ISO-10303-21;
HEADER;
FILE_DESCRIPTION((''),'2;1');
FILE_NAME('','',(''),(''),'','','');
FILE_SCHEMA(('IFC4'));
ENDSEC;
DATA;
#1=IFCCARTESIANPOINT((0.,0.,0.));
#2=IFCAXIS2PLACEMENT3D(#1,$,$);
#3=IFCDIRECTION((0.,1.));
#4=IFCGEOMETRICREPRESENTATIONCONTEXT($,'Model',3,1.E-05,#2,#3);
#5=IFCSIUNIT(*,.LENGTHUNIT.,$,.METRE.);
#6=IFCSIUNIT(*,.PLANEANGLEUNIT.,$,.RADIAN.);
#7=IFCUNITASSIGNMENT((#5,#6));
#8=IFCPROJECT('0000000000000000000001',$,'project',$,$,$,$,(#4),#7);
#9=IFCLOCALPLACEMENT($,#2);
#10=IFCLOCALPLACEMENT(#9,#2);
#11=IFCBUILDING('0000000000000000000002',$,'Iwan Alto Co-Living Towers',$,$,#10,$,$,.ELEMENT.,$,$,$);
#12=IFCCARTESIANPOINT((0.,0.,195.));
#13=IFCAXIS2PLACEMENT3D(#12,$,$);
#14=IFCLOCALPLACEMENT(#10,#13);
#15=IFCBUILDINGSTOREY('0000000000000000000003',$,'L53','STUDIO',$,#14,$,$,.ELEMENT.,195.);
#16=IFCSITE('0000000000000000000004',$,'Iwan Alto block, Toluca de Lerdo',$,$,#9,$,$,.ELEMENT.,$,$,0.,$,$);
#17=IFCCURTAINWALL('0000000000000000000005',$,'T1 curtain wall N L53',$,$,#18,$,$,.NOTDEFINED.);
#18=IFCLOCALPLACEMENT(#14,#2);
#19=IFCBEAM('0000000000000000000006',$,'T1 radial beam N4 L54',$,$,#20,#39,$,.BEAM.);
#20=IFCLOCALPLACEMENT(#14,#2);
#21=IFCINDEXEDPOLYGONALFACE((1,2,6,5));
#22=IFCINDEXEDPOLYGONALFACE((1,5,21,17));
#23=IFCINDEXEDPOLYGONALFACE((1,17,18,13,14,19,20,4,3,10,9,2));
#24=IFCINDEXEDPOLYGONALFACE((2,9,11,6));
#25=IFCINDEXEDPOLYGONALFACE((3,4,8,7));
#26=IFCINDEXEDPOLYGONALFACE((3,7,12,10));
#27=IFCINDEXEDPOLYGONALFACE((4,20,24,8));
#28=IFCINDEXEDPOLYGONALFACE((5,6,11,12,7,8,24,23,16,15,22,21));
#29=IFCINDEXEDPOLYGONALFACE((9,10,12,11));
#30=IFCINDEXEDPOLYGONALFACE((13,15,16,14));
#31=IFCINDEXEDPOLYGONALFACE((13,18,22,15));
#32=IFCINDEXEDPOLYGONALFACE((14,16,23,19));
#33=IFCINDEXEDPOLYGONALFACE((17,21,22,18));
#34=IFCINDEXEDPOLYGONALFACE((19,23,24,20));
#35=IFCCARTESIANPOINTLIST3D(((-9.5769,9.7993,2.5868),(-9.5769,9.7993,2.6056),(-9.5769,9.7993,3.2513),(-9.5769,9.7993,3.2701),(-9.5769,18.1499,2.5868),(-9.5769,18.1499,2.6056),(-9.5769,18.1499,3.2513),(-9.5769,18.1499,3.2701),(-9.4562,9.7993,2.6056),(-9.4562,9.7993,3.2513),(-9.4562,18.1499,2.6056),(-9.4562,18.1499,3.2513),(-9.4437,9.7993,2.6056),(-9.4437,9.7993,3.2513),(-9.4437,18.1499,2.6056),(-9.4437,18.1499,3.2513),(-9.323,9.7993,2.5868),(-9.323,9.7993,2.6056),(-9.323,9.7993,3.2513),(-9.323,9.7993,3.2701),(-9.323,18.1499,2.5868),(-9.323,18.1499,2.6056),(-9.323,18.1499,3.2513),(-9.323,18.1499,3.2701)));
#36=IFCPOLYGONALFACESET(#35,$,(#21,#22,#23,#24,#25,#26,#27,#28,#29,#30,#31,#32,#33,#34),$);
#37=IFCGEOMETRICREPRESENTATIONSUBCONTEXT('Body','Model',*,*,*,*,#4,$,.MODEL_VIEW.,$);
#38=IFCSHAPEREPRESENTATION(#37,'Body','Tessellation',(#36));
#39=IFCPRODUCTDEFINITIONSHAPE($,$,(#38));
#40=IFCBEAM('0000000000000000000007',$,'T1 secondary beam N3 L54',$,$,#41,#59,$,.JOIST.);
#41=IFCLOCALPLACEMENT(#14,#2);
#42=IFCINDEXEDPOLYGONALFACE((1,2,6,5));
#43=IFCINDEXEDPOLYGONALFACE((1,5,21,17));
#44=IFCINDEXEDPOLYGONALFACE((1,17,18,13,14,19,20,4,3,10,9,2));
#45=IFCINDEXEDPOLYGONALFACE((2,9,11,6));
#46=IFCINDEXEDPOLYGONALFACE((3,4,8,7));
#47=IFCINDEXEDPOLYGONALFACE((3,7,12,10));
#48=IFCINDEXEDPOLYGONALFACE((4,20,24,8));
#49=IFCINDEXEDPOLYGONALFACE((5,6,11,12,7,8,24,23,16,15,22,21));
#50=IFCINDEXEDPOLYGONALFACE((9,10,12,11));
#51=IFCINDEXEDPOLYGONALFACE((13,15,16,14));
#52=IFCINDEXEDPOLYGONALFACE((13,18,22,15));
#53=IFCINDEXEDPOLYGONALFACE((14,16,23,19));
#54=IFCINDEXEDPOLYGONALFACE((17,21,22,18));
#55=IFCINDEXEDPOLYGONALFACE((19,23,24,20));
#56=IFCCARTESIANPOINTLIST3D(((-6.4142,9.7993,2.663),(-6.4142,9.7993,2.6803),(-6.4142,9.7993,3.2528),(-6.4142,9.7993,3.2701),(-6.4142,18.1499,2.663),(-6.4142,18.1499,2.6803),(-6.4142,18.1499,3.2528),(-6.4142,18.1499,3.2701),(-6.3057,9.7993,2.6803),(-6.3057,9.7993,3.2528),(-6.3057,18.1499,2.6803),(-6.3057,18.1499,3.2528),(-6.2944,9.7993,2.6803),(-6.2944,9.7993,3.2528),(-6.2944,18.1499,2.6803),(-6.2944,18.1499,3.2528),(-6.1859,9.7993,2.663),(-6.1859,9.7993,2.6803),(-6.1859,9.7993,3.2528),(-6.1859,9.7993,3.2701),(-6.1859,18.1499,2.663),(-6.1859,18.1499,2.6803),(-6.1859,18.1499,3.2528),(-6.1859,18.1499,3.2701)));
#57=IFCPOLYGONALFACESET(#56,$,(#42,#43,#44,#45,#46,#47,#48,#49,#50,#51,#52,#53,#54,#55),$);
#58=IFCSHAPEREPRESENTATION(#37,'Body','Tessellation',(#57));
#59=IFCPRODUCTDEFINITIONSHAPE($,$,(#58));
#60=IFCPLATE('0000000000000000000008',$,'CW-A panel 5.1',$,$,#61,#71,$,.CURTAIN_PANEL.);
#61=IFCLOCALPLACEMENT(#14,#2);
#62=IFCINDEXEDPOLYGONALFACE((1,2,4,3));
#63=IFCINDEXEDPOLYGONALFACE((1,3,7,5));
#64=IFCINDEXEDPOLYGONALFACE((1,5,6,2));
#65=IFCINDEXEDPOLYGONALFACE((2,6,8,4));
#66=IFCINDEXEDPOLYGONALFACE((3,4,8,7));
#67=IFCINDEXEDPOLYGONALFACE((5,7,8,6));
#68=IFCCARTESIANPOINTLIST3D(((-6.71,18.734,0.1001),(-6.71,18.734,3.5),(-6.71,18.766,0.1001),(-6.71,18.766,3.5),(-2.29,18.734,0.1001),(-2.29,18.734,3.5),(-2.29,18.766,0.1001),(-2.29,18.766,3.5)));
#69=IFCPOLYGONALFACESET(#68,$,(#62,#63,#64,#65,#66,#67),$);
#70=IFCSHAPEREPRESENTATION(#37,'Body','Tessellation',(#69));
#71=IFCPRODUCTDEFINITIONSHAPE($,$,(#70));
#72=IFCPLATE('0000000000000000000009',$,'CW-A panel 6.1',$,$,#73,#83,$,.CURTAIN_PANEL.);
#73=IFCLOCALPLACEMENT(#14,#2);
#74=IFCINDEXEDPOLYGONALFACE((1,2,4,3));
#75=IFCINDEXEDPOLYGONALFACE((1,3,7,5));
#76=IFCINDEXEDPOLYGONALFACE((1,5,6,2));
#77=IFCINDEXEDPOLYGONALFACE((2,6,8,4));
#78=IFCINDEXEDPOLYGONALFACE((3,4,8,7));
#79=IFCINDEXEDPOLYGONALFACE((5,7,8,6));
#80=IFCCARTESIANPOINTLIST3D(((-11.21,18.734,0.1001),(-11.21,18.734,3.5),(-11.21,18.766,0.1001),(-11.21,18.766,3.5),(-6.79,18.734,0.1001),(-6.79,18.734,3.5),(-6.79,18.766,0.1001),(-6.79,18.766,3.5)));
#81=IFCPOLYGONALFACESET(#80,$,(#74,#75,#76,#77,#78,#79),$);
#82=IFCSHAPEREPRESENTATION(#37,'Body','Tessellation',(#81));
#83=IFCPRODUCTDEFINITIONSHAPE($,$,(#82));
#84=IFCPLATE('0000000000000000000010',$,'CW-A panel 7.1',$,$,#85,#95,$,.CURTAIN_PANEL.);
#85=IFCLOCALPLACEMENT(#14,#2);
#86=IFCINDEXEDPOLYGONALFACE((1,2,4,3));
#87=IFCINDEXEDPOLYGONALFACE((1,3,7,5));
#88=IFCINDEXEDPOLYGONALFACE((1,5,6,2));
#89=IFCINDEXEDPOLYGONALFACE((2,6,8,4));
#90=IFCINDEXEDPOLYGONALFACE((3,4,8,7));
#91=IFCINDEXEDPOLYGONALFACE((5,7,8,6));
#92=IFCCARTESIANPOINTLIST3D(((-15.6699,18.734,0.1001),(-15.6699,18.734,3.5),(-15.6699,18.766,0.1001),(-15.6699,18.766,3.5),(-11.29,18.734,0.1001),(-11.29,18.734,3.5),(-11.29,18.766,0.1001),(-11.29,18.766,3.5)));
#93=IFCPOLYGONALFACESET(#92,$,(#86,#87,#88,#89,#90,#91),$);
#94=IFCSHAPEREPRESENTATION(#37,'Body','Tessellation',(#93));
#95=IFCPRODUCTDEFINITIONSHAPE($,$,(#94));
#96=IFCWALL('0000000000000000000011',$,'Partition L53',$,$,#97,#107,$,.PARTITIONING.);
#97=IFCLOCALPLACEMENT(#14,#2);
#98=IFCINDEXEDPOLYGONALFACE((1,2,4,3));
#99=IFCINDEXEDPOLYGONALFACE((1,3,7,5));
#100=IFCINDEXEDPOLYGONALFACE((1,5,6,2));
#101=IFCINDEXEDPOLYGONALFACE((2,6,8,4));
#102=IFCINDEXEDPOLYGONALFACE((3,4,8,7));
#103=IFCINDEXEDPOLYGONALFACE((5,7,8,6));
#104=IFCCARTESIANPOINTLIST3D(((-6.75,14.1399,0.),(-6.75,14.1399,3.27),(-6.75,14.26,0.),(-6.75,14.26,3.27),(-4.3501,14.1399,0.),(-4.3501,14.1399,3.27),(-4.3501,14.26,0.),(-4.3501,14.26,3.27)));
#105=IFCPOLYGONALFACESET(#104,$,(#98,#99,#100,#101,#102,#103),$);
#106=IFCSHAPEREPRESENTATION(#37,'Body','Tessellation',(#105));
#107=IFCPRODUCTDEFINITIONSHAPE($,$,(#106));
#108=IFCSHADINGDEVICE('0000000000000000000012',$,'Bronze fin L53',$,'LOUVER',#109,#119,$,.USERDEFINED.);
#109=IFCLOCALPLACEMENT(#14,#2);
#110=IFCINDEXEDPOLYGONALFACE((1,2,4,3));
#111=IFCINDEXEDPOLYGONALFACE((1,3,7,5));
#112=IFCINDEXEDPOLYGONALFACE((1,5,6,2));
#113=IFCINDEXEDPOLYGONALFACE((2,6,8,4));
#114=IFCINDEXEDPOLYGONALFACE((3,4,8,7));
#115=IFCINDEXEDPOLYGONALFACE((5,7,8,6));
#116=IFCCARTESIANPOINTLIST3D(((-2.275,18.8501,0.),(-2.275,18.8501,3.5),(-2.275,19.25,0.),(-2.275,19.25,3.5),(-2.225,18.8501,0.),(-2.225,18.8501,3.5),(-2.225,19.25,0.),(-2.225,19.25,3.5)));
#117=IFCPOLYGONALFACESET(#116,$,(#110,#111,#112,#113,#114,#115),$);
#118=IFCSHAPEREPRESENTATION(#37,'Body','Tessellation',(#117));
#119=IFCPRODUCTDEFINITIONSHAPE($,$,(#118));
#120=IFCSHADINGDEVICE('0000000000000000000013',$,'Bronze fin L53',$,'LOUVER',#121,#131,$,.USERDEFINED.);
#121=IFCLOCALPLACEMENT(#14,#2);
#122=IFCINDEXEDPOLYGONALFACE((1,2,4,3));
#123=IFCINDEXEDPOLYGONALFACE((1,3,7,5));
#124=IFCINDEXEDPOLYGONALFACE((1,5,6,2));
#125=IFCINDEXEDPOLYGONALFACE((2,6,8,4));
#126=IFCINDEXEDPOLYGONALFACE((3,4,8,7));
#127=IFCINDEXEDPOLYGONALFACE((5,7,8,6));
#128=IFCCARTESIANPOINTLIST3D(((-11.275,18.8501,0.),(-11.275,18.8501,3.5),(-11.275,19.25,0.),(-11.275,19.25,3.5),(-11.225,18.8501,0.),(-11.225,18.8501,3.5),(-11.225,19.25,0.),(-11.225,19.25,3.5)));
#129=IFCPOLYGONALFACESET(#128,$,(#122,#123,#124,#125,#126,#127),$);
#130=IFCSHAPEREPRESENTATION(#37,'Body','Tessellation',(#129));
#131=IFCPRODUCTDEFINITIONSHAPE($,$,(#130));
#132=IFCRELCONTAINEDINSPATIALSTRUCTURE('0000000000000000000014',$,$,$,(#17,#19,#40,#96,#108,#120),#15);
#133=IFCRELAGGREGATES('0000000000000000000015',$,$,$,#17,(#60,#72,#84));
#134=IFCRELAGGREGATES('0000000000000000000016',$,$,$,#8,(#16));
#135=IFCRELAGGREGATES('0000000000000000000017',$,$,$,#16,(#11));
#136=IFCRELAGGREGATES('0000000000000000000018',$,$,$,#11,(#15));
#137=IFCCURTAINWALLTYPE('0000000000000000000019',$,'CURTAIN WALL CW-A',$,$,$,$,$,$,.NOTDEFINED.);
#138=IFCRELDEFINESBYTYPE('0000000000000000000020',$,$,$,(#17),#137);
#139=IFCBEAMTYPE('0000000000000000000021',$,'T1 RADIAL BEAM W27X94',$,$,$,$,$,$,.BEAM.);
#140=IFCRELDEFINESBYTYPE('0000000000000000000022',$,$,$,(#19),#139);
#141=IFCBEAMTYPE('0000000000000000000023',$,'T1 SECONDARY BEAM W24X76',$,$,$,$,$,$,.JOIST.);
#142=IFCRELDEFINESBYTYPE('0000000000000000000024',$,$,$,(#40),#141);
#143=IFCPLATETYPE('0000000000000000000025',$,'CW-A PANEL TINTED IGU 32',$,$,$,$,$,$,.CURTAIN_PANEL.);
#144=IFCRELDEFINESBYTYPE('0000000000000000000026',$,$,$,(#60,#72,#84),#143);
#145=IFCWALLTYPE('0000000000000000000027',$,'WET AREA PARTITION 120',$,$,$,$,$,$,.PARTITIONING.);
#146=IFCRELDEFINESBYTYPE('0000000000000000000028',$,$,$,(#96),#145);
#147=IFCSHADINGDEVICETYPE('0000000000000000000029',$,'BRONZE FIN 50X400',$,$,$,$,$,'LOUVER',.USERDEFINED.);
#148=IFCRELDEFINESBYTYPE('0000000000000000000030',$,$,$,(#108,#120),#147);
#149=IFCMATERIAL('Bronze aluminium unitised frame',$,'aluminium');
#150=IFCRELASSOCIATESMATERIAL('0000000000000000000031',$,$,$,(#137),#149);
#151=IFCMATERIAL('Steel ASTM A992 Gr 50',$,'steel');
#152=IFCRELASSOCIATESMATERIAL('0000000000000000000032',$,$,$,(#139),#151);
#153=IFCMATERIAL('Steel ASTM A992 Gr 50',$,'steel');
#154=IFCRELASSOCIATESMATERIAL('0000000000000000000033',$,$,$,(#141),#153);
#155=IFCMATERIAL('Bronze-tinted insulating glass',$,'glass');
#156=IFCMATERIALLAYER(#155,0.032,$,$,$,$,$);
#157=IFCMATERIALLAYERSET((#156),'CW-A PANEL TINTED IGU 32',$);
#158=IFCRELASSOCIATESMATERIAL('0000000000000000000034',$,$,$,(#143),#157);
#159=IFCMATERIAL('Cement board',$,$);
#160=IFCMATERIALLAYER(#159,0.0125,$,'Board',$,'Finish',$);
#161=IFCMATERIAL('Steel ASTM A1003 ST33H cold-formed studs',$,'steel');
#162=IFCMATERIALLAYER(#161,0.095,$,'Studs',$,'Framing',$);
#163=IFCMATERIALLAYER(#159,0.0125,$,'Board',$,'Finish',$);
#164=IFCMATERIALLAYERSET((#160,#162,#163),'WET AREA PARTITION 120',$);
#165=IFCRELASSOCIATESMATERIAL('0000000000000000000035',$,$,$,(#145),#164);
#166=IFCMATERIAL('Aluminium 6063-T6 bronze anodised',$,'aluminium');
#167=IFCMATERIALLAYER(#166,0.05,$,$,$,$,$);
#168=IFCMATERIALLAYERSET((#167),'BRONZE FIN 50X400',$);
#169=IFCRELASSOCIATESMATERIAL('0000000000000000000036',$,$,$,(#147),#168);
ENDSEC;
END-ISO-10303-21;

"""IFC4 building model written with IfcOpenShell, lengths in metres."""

from ifc_helpers import new_model, si_unit, direction, frame, frame_2d, origin, origin_2d, place, context, subcontext, project, spatial, rectangle, i_section, extrude, material, layer, layer_set, material_profile, profile_set, type_object, element, aggregate, save


model = new_model("IFC4")

# Units and contexts
model_context = context("Model", 3, precision=1e-05, world=origin(), true_north=direction((0.0, 1.0)))
body_context = subcontext(model_context, "Body", "Model", "MODEL_VIEW")
ifc_project = project(units=[si_unit("LENGTHUNIT", "METRE"), si_unit("PLANEANGLEUNIT", "RADIAN")], contexts=[model_context])

# Site, building, storey
site_placement = place(None, origin())
site = spatial("IfcSite", under=ifc_project, at=site_placement, Name="Iwan Alto block, Toluca de Lerdo", CompositionType="ELEMENT", RefElevation=0.0)
building_placement = place(site_placement, origin())
building = spatial("IfcBuilding", under=site, at=building_placement, Name="Iwan Alto Co-Living Towers", CompositionType="ELEMENT")
storey_placement = place(building_placement, frame((0.0, 0.0, 195.0)))
storey = spatial("IfcBuildingStorey", under=building, at=storey_placement, Name="L53", Description="STUDIO", CompositionType="ELEMENT", Elevation=195.0)

# Curtain wall
ifc_material_1 = material(Name="Bronze aluminium unitised frame", Category="aluminium")
curtain_wall_type = type_object("IfcCurtainWallType", Name="CURTAIN WALL CW-A", PredefinedType="NOTDEFINED", material=ifc_material_1)
curtain_wall_placement = place(storey_placement, origin())
curtain_wall = element("IfcCurtainWall", 1, at=curtain_wall_placement, inside=storey, type_object=curtain_wall_type, Name="T1 curtain wall N L53", PredefinedType="NOTDEFINED")

# Beams
ifc_material_2 = material(Name="Steel ASTM A992 Gr 50", Category="steel")
ifc_material_profile_1 = material_profile(ifc_material_2, i_section(OverallWidth=0.2539, OverallDepth=0.6833, WebThickness=0.0125, FlangeThickness=0.0188, at=origin_2d()), Name="W27X94")
ifc_profile_set_1 = profile_set([ifc_material_profile_1], Name="Steel ASTM A992 Gr 50")
beam_type_1 = type_object("IfcBeamType", Name="T1 RADIAL BEAM W27X94", PredefinedType="BEAM", material=ifc_profile_set_1)
for number, where, z_axis, x_axis, name in (
    (2, (-9.45, 18.1499, 2.9285), (0.0, -1.0, 0.0), (1.0, 0.0, 0.0), "T1 radial beam N4 L54"),
):
    element("IfcBeam", number, at=place(storey_placement, frame(where, z_axis=z_axis, x_axis=x_axis)), inside=storey, type_object=beam_type_1, Name=name, PredefinedType="BEAM", context=body_context, shape_type="SweptSolid", body=[
        extrude(i_section(OverallWidth=0.2539, OverallDepth=0.6833, WebThickness=0.0125, FlangeThickness=0.0188, at=origin_2d()), origin(), (0.0, 0.0, 1.0), 8.3506),
    ])
ifc_material_3 = material(Name="Steel ASTM A992 Gr 50", Category="steel")
ifc_material_profile_2 = material_profile(ifc_material_3, i_section(OverallWidth=0.2283, OverallDepth=0.6072, WebThickness=0.0112, FlangeThickness=0.0173, at=origin_2d()), Name="W24X76")
ifc_profile_set_2 = profile_set([ifc_material_profile_2], Name="Steel ASTM A992 Gr 50")
beam_type_2 = type_object("IfcBeamType", Name="T1 SECONDARY BEAM W24X76", PredefinedType="JOIST", material=ifc_profile_set_2)
beam_1_placement = place(storey_placement, frame((-6.3, 18.1499, 2.9666), z_axis=(0.0, -1.0, 0.0), x_axis=(1.0, 0.0, 0.0)))
element("IfcBeam", 3, at=beam_1_placement, inside=storey, type_object=beam_type_2, Name="T1 secondary beam N3 L54", PredefinedType="JOIST", context=body_context, shape_type="SweptSolid", body=[
    extrude(i_section(OverallWidth=0.2283, OverallDepth=0.6072, WebThickness=0.0112, FlangeThickness=0.0173, at=origin_2d()), origin(), (0.0, 0.0, 1.0), 8.3506),
])

# Plates
ifc_material_4 = material(Name="Bronze-tinted insulating glass", Category="glass")
ifc_layer_1 = layer(ifc_material_4, 0.032)
ifc_layer_set_1 = layer_set([ifc_layer_1], Name="CW-A PANEL TINTED IGU 32")
plate_type = type_object("IfcPlateType", Name="CW-A PANEL TINTED IGU 32", PredefinedType="CURTAIN_PANEL", material=ifc_layer_set_1)
plate_1_placement = place(storey_placement, frame((-4.5, 18.75, 0.1001), z_axis=(0.0, 0.0, 1.0), x_axis=(-1.0, 0.0, 0.0)))
plate_1 = element("IfcPlate", 4, at=plate_1_placement, type_object=plate_type, Name="CW-A panel 5.1", PredefinedType="CURTAIN_PANEL", context=body_context, shape_type="SweptSolid", body=[
    extrude(rectangle(XDim=4.4199, YDim=0.032, at=origin_2d()), origin(), (0.0, 0.0, 1.0), 3.3999),
])
plate_2_placement = place(storey_placement, frame((-9.0, 18.75, 0.1001), z_axis=(0.0, 0.0, 1.0), x_axis=(-1.0, 0.0, 0.0)))
plate_2 = element("IfcPlate", 5, at=plate_2_placement, type_object=plate_type, Name="CW-A panel 6.1", PredefinedType="CURTAIN_PANEL", context=body_context, shape_type="SweptSolid", body=[
    extrude(rectangle(XDim=4.4199, YDim=0.032, at=origin_2d()), origin(), (0.0, 0.0, 1.0), 3.3999),
])
plate_3_placement = place(storey_placement, frame((-13.48, 18.75, 0.1001), z_axis=(0.0, 0.0, 1.0), x_axis=(-1.0, 0.0, 0.0)))
plate_3 = element("IfcPlate", 6, at=plate_3_placement, type_object=plate_type, Name="CW-A panel 7.1", PredefinedType="CURTAIN_PANEL", context=body_context, shape_type="SweptSolid", body=[
    extrude(rectangle(XDim=4.3799, YDim=0.032, at=origin_2d()), origin(), (0.0, 0.0, 1.0), 3.3999),
])
aggregate(curtain_wall, [plate_1, plate_2, plate_3])

# Wall
ifc_material_5 = material(Name="Cement board")
ifc_layer_2 = layer(ifc_material_5, 0.0125, Name="Board", Category="Finish")
ifc_material_6 = material(Name="Steel ASTM A1003 ST33H cold-formed studs", Category="steel")
ifc_layer_3 = layer(ifc_material_6, 0.095, Name="Studs", Category="Framing")
ifc_layer_4 = layer(ifc_material_5, 0.0125, Name="Board", Category="Finish")
ifc_layer_set_2 = layer_set([ifc_layer_2, ifc_layer_3, ifc_layer_4], Name="WET AREA PARTITION 120")
wall_type = type_object("IfcWallType", Name="WET AREA PARTITION 120", PredefinedType="PARTITIONING", material=ifc_layer_set_2)
wall_placement = place(storey_placement, frame((-6.75, 14.2, 0.0), z_axis=(0.0, 0.0, 1.0), x_axis=(1.0, 0.0, 0.0)))
element("IfcWall", 7, at=wall_placement, inside=storey, type_object=wall_type, Name="Partition L53", PredefinedType="PARTITIONING", context=body_context, shape_type="SweptSolid", body=[
    extrude(rectangle(XDim=2.3999, YDim=0.1201, at=frame_2d((1.2, 0.0))), origin(), (0.0, 0.0, 1.0), 3.27),
])

# Shading devices
ifc_material_7 = material(Name="Aluminium 6063-T6 bronze anodised", Category="aluminium")
ifc_layer_5 = layer(ifc_material_7, 0.05)
ifc_layer_set_3 = layer_set([ifc_layer_5], Name="BRONZE FIN 50X400")
shading_device_type = type_object("IfcShadingDeviceType", Name="BRONZE FIN 50X400", ElementType="LOUVER", PredefinedType="USERDEFINED", material=ifc_layer_set_3)
for number, where, z_axis, x_axis, name in (
    (8, (-2.25, 19.05, 0.0), (0.0, 0.0, 1.0), (-1.0, 0.0, 0.0), "Bronze fin L53"),
    (9, (-11.25, 19.05, 0.0), (0.0, 0.0, 1.0), (-1.0, 0.0, 0.0), "Bronze fin L53"),
):
    element("IfcShadingDevice", number, at=place(storey_placement, frame(where, z_axis=z_axis, x_axis=x_axis)), inside=storey, type_object=shading_device_type, Name=name, ObjectType="LOUVER", PredefinedType="USERDEFINED", context=body_context, shape_type="SweptSolid", body=[
        extrude(rectangle(XDim=0.05, YDim=0.3999, at=origin_2d()), origin(), (0.0, 0.0, 1.0), 3.5),
    ])

save(model, "model.ifc")
